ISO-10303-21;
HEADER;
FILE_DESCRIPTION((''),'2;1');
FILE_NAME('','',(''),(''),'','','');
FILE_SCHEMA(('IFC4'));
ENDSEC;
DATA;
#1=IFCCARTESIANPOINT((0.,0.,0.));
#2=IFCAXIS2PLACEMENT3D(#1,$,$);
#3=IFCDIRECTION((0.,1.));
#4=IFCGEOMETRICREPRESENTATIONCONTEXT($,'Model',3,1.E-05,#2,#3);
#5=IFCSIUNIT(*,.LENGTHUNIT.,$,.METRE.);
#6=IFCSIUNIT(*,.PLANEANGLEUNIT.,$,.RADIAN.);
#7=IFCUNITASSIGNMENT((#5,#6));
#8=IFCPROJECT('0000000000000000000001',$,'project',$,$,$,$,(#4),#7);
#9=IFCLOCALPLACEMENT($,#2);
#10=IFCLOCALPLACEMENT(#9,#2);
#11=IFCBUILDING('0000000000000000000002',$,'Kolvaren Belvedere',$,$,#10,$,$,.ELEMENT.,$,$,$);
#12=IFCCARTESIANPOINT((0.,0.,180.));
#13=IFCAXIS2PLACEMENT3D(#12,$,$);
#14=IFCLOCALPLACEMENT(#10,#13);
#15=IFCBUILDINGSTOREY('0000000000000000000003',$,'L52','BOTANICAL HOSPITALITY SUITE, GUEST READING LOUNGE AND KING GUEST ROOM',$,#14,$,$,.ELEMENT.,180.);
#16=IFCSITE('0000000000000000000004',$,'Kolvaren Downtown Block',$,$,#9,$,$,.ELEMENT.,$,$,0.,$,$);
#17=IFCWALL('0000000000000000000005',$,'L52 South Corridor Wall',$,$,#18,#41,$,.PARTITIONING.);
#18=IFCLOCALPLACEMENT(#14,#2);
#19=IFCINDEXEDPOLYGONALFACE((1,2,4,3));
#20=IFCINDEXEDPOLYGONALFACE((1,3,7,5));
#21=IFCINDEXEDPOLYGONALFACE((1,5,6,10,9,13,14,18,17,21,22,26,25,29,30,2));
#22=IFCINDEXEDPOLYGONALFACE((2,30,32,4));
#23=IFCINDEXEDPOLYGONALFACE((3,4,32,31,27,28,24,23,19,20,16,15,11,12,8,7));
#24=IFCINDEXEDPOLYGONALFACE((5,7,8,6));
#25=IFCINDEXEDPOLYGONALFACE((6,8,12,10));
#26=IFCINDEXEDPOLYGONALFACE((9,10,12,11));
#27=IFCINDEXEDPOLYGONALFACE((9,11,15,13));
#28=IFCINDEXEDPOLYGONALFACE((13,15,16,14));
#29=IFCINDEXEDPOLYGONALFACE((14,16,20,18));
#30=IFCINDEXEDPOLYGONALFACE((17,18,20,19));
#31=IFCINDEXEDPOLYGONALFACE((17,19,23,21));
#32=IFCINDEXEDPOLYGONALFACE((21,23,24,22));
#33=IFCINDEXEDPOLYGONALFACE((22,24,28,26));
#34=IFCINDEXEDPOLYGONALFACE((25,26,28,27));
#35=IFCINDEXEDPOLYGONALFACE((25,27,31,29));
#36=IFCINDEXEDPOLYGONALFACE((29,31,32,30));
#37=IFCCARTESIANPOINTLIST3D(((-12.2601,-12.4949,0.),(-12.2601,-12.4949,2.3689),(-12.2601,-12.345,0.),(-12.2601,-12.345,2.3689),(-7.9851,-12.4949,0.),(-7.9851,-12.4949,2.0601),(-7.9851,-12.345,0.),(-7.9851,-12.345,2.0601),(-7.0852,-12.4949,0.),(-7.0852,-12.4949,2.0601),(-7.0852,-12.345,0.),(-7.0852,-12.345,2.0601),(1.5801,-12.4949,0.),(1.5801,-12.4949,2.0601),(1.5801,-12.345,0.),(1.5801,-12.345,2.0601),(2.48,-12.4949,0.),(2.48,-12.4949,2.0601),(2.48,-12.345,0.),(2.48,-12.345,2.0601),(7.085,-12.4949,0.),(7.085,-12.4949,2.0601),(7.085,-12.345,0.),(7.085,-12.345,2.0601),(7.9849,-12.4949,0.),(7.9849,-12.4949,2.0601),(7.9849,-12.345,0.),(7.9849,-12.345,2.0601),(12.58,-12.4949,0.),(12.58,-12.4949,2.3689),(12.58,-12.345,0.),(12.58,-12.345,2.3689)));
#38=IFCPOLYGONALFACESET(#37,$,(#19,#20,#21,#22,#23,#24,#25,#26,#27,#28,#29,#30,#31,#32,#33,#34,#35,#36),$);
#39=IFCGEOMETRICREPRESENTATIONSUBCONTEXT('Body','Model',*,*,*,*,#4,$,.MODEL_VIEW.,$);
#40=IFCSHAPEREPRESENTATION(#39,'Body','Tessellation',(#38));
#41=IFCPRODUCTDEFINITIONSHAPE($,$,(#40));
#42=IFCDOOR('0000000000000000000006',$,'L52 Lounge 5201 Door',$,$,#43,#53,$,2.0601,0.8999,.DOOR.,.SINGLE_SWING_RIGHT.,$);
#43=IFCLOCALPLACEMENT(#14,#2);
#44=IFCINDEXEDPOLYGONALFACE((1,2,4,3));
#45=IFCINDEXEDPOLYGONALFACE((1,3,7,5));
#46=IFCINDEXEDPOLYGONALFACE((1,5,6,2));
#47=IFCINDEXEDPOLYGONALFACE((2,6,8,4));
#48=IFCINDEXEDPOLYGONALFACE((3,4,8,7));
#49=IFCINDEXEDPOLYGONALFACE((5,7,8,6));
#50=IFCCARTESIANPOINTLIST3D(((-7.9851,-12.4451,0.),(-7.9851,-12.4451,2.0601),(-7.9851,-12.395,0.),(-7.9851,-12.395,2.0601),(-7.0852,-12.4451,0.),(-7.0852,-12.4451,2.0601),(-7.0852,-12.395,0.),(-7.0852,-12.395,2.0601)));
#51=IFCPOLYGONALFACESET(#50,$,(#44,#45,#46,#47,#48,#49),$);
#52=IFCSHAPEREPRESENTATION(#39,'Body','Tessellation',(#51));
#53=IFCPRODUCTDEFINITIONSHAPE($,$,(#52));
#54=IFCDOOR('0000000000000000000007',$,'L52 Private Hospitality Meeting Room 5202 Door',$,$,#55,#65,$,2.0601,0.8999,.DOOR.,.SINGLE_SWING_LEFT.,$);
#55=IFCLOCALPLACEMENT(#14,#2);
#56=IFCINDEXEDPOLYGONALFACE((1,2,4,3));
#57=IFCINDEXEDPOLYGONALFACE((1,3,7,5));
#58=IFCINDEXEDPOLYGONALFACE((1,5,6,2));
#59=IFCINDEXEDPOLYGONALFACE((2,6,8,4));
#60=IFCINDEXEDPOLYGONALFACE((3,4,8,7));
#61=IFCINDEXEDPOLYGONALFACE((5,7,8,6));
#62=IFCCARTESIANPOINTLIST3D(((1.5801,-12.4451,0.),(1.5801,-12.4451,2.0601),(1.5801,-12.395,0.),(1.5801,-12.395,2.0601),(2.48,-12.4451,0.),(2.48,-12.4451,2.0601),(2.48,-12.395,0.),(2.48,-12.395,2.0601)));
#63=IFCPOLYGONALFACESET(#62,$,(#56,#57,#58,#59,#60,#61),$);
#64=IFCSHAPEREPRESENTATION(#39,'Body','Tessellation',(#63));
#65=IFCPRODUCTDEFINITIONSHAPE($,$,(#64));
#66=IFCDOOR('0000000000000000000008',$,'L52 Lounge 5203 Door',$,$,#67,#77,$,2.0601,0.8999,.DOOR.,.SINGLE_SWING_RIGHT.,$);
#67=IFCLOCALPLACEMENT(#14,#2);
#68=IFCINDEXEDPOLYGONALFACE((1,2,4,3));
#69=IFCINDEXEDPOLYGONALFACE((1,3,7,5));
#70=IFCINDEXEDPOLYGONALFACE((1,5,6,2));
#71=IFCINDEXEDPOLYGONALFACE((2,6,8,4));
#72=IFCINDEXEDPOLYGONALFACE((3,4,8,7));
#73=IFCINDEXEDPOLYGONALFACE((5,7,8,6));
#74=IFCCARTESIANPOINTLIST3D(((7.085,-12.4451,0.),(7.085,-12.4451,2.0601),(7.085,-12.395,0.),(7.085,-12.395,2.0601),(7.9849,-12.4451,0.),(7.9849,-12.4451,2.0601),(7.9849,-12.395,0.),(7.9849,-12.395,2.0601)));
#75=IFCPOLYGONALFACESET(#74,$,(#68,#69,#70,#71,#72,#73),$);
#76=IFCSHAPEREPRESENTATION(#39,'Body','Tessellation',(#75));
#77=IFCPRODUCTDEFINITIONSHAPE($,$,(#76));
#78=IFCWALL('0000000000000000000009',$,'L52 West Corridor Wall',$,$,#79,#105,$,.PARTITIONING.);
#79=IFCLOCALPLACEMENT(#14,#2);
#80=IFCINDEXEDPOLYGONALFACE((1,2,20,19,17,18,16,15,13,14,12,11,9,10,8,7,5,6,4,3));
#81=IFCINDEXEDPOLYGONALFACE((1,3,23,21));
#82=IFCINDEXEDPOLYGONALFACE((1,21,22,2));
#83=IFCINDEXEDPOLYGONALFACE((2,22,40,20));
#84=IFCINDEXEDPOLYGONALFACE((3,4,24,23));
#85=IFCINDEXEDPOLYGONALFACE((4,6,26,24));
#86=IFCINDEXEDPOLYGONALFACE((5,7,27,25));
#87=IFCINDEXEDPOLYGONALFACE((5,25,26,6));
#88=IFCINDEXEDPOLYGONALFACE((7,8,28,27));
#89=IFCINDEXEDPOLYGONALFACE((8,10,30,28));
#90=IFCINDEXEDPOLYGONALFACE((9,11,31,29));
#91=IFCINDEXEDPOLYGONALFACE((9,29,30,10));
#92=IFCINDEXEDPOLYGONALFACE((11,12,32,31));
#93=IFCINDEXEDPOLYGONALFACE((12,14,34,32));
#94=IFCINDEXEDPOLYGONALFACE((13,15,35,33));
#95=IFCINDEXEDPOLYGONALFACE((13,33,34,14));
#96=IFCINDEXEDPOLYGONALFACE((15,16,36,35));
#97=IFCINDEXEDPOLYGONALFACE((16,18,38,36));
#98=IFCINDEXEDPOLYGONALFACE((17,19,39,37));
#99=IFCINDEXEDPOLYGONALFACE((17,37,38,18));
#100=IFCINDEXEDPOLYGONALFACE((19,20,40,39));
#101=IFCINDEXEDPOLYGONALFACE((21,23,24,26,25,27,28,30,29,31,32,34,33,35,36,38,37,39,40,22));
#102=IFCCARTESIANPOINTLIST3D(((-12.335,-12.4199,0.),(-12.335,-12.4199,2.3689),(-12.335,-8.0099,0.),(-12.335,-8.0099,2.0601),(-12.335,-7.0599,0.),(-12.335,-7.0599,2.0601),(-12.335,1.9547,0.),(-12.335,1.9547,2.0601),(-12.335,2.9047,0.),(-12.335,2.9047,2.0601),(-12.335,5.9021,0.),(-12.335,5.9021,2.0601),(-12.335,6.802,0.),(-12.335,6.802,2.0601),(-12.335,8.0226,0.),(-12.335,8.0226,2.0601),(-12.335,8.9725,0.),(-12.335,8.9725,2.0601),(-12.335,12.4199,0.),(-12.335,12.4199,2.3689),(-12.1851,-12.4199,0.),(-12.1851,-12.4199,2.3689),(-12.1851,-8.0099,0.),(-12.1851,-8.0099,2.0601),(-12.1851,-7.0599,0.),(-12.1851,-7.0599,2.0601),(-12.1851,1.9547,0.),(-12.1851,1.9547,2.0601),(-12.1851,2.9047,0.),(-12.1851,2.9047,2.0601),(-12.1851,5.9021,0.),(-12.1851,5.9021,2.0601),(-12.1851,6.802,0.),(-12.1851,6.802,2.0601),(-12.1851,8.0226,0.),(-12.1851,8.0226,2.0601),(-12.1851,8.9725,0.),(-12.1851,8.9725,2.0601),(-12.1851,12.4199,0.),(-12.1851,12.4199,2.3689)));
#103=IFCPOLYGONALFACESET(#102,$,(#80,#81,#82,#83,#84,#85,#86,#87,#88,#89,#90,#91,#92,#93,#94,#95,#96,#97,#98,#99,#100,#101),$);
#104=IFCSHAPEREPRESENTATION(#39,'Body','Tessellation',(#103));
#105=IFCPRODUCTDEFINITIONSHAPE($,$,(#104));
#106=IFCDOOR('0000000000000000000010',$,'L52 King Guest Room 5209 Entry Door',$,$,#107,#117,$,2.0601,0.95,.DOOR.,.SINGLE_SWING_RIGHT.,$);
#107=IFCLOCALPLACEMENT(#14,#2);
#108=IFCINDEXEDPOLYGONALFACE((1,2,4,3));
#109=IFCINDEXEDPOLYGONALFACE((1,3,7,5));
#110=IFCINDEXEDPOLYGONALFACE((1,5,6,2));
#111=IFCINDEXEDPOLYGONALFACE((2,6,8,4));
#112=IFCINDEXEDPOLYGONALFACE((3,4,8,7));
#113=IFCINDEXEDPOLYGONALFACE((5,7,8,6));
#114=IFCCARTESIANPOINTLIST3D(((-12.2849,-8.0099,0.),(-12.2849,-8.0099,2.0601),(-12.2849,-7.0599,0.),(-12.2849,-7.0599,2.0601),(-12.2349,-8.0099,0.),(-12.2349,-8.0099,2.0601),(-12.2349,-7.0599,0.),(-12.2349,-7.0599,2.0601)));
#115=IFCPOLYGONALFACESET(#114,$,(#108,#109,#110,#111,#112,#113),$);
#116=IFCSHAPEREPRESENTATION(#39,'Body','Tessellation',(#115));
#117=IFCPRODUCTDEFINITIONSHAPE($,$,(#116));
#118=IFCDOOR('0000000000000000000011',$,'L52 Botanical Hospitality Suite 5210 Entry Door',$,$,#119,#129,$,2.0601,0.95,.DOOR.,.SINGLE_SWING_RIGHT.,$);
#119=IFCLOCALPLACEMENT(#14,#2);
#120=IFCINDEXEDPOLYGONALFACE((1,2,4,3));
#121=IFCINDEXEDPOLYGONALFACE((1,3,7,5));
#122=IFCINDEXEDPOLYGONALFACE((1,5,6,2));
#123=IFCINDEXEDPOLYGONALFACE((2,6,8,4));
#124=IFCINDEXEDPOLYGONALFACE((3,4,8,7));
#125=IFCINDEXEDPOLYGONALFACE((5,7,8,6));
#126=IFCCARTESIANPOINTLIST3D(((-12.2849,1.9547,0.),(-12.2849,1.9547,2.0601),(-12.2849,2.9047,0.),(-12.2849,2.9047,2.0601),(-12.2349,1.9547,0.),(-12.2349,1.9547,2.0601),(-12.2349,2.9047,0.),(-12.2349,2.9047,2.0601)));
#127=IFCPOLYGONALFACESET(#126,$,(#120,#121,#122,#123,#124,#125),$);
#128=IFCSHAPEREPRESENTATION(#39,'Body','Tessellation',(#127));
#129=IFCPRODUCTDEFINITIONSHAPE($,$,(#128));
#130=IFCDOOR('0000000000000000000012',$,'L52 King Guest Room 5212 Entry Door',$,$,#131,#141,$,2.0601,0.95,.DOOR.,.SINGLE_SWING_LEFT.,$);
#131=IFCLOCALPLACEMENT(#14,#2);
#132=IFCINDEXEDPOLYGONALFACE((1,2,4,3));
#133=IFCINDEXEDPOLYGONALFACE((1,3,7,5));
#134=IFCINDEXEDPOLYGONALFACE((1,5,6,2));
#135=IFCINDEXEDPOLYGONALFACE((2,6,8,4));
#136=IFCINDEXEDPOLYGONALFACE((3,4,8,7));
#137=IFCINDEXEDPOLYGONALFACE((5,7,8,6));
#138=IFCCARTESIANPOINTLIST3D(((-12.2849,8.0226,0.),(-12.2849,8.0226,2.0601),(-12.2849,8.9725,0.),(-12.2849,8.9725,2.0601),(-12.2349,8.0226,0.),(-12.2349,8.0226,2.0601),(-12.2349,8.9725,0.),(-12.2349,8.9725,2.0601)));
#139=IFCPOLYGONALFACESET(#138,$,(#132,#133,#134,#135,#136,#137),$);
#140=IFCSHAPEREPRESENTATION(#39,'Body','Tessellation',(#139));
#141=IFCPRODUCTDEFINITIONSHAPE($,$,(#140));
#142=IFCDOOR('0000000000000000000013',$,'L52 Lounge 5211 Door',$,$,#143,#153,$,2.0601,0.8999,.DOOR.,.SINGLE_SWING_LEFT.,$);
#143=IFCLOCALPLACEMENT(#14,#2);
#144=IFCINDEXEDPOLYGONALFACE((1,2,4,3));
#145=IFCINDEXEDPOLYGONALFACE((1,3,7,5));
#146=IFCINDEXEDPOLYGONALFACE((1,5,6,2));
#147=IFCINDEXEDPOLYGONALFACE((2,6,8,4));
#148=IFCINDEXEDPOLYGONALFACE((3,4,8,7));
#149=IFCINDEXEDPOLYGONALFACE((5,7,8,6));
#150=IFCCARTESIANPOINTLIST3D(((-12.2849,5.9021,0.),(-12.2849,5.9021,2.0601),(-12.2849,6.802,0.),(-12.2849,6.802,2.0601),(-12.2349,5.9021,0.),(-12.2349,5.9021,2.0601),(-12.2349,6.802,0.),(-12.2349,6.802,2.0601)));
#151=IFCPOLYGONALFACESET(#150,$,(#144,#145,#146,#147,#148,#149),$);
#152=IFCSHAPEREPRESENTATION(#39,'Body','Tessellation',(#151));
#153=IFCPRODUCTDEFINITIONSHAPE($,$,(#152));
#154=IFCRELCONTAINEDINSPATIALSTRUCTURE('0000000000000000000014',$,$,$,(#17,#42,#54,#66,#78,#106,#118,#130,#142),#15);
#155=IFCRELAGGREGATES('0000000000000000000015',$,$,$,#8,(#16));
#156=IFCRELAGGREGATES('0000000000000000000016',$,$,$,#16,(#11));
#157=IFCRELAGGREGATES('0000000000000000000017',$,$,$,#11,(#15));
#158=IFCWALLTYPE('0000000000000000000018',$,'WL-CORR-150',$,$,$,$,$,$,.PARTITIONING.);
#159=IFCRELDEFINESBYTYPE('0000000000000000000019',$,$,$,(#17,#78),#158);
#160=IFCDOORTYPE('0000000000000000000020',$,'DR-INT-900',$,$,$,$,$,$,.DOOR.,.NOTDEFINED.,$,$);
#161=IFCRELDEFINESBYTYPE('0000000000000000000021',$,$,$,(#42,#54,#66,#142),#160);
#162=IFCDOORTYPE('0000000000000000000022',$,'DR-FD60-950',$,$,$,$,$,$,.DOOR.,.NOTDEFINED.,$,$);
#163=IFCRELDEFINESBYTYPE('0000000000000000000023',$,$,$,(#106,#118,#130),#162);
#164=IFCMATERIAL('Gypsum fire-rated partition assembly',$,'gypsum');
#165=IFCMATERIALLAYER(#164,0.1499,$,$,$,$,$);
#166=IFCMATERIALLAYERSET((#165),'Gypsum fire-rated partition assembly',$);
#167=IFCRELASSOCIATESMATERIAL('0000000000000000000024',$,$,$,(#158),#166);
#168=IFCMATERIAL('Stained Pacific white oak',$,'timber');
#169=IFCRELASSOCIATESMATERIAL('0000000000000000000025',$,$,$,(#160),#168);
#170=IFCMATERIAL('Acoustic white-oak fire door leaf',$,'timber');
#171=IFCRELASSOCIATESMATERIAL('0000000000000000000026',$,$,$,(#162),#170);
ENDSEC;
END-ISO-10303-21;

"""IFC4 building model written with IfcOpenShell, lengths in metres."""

from ifc_helpers import new_model, si_unit, direction, frame, frame_2d, origin, place, context, subcontext, project, spatial, rectangle, extrude, material, layer, layer_set, type_object, element, fill, save


model = new_model("IFC4")

# Units and contexts
model_context = context("Model", 3, precision=1e-05, world=origin(), true_north=direction((0.0, 1.0)))
body_context = subcontext(model_context, "Body", "Model", "MODEL_VIEW")
ifc_project = project(units=[si_unit("LENGTHUNIT", "METRE"), si_unit("PLANEANGLEUNIT", "RADIAN")], contexts=[model_context])

# Site, building, storey
site_placement = place(None, origin())
site = spatial("IfcSite", under=ifc_project, at=site_placement, Name="Kolvaren Downtown Block", CompositionType="ELEMENT", RefElevation=0.0)
building_placement = place(site_placement, origin())
building = spatial("IfcBuilding", under=site, at=building_placement, Name="Kolvaren Belvedere", CompositionType="ELEMENT")
storey_placement = place(building_placement, frame((0.0, 0.0, 180.0)))
storey = spatial("IfcBuildingStorey", under=building, at=storey_placement, Name="L52", Description="BOTANICAL HOSPITALITY SUITE, GUEST READING LOUNGE AND KING GUEST ROOM", CompositionType="ELEMENT", Elevation=180.0)

# Walls, openings, doors
ifc_material_1 = material(Name="Gypsum fire-rated partition assembly", Category="gypsum")
ifc_layer_1 = layer(ifc_material_1, 0.1499)
ifc_layer_set_1 = layer_set([ifc_layer_1], Name="Gypsum fire-rated partition assembly")
wall_type_1 = type_object("IfcWallType", Name="WL-CORR-150", PredefinedType="PARTITIONING", material=ifc_layer_set_1)
wall_1_placement = place(storey_placement, frame((-12.26, -12.4199, 0.0), z_axis=(0.0, 0.0, 1.0), x_axis=(1.0, 0.0, 0.0)))
wall_1 = element("IfcWall", 1, at=wall_1_placement, inside=storey, type_object=wall_type_1, Name="L52 South Corridor Wall", PredefinedType="PARTITIONING", context=body_context, shape_type="SweptSolid", body=[
    extrude(rectangle(XDim=24.8401, YDim=0.1499, at=frame_2d((12.4199, 0.0))), origin(), (0.0, 0.0, 1.0), 2.3689),
])
opening_1_placement = place(wall_1_placement, frame((4.2749, 0.0, 0.0)))
opening_1 = element("IfcOpeningElement", 2, at=opening_1_placement, cuts=wall_1, PredefinedType="OPENING", context=body_context, shape_type="SweptSolid", body=[
    extrude(rectangle(XDim=0.8999, YDim=2.0601, at=frame_2d((0.45, 1.03))), frame((0.0, 0.085, 0.0), z_axis=(0.0, -1.0, 0.0), x_axis=(1.0, 0.0, 0.0)), (0.0, 0.0, 1.0), 0.1699),
])
opening_2_placement = place(wall_1_placement, frame((13.8401, 0.0, 0.0)))
opening_2 = element("IfcOpeningElement", 3, at=opening_2_placement, cuts=wall_1, PredefinedType="OPENING", context=body_context, shape_type="SweptSolid", body=[
    extrude(rectangle(XDim=0.8999, YDim=2.0601, at=frame_2d((0.45, 1.03))), frame((0.0, 0.085, 0.0), z_axis=(0.0, -1.0, 0.0), x_axis=(1.0, 0.0, 0.0)), (0.0, 0.0, 1.0), 0.1699),
])
opening_3_placement = place(wall_1_placement, frame((19.345, 0.0, 0.0)))
opening_3 = element("IfcOpeningElement", 4, at=opening_3_placement, cuts=wall_1, PredefinedType="OPENING", context=body_context, shape_type="SweptSolid", body=[
    extrude(rectangle(XDim=0.8999, YDim=2.0601, at=frame_2d((0.45, 1.03))), frame((0.0, 0.085, 0.0), z_axis=(0.0, -1.0, 0.0), x_axis=(1.0, 0.0, 0.0)), (0.0, 0.0, 1.0), 0.1699),
])
ifc_material_2 = material(Name="Stained Pacific white oak", Category="timber")
door_type_1 = type_object("IfcDoorType", Name="DR-INT-900", OperationType="NOTDEFINED", PredefinedType="DOOR", material=ifc_material_2)
door_1_placement = place(opening_1_placement, origin())
door_1 = element("IfcDoor", 5, at=door_1_placement, inside=storey, type_object=door_type_1, Name="L52 Lounge 5201 Door", OperationType="SINGLE_SWING_RIGHT", OverallHeight=2.0601, OverallWidth=0.8999, PredefinedType="DOOR", context=body_context, shape_type="SweptSolid", body=[
    extrude(rectangle(XDim=0.8999, YDim=2.0601, at=frame_2d((0.45, 1.03))), frame((0.0, 0.0249, 0.0), z_axis=(0.0, -1.0, 0.0), x_axis=(1.0, 0.0, 0.0)), (0.0, 0.0, 1.0), 0.05),
])
fill(opening_1, door_1)
door_2_placement = place(opening_2_placement, origin())
door_2 = element("IfcDoor", 6, at=door_2_placement, inside=storey, type_object=door_type_1, Name="L52 Private Hospitality Meeting Room 5202 Door", OperationType="SINGLE_SWING_LEFT", OverallHeight=2.0601, OverallWidth=0.8999, PredefinedType="DOOR", context=body_context, shape_type="SweptSolid", body=[
    extrude(rectangle(XDim=0.8999, YDim=2.0601, at=frame_2d((0.45, 1.03))), frame((0.0, 0.0249, 0.0), z_axis=(0.0, -1.0, 0.0), x_axis=(1.0, 0.0, 0.0)), (0.0, 0.0, 1.0), 0.05),
])
fill(opening_2, door_2)
door_3_placement = place(opening_3_placement, origin())
door_3 = element("IfcDoor", 7, at=door_3_placement, inside=storey, type_object=door_type_1, Name="L52 Lounge 5203 Door", OperationType="SINGLE_SWING_RIGHT", OverallHeight=2.0601, OverallWidth=0.8999, PredefinedType="DOOR", context=body_context, shape_type="SweptSolid", body=[
    extrude(rectangle(XDim=0.8999, YDim=2.0601, at=frame_2d((0.45, 1.03))), frame((0.0, 0.0249, 0.0), z_axis=(0.0, -1.0, 0.0), x_axis=(1.0, 0.0, 0.0)), (0.0, 0.0, 1.0), 0.05),
])
fill(opening_3, door_3)
wall_2_placement = place(storey_placement, frame((-12.26, -12.4199, 0.0), z_axis=(0.0, 0.0, 1.0), x_axis=(0.0, 1.0, 0.0)))
wall_2 = element("IfcWall", 8, at=wall_2_placement, inside=storey, type_object=wall_type_1, Name="L52 West Corridor Wall", PredefinedType="PARTITIONING", context=body_context, shape_type="SweptSolid", body=[
    extrude(rectangle(XDim=24.8398, YDim=0.1499, at=frame_2d((12.4199, 0.0))), origin(), (0.0, 0.0, 1.0), 2.3689),
])
opening_4_placement = place(wall_2_placement, frame((4.4099, 0.0, 0.0)))
opening_4 = element("IfcOpeningElement", 9, at=opening_4_placement, cuts=wall_2, PredefinedType="OPENING", context=body_context, shape_type="SweptSolid", body=[
    extrude(rectangle(XDim=0.95, YDim=2.0601, at=frame_2d((0.4751, 1.03))), frame((0.0, 0.085, 0.0), z_axis=(0.0, -1.0, 0.0), x_axis=(1.0, 0.0, 0.0)), (0.0, 0.0, 1.0), 0.1699),
])
opening_5_placement = place(wall_2_placement, frame((14.3745, 0.0, 0.0)))
opening_5 = element("IfcOpeningElement", 10, at=opening_5_placement, cuts=wall_2, PredefinedType="OPENING", context=body_context, shape_type="SweptSolid", body=[
    extrude(rectangle(XDim=0.95, YDim=2.0601, at=frame_2d((0.4751, 1.03))), frame((0.0, 0.085, 0.0), z_axis=(0.0, -1.0, 0.0), x_axis=(1.0, 0.0, 0.0)), (0.0, 0.0, 1.0), 0.1699),
])
opening_6_placement = place(wall_2_placement, frame((18.322, 0.0, 0.0)))
opening_6 = element("IfcOpeningElement", 11, at=opening_6_placement, cuts=wall_2, PredefinedType="OPENING", context=body_context, shape_type="SweptSolid", body=[
    extrude(rectangle(XDim=0.8999, YDim=2.0601, at=frame_2d((0.45, 1.03))), frame((0.0, 0.085, 0.0), z_axis=(0.0, -1.0, 0.0), x_axis=(1.0, 0.0, 0.0)), (0.0, 0.0, 1.0), 0.1699),
])
opening_7_placement = place(wall_2_placement, frame((20.4424, 0.0, 0.0)))
opening_7 = element("IfcOpeningElement", 12, at=opening_7_placement, cuts=wall_2, PredefinedType="OPENING", context=body_context, shape_type="SweptSolid", body=[
    extrude(rectangle(XDim=0.95, YDim=2.0601, at=frame_2d((0.4751, 1.03))), frame((0.0, 0.085, 0.0), z_axis=(0.0, -1.0, 0.0), x_axis=(1.0, 0.0, 0.0)), (0.0, 0.0, 1.0), 0.1699),
])
ifc_material_3 = material(Name="Acoustic white-oak fire door leaf", Category="timber")
door_type_2 = type_object("IfcDoorType", Name="DR-FD60-950", OperationType="NOTDEFINED", PredefinedType="DOOR", material=ifc_material_3)
door_4_placement = place(opening_4_placement, origin())
door_4 = element("IfcDoor", 13, at=door_4_placement, inside=storey, type_object=door_type_2, Name="L52 King Guest Room 5209 Entry Door", OperationType="SINGLE_SWING_RIGHT", OverallHeight=2.0601, OverallWidth=0.95, PredefinedType="DOOR", context=body_context, shape_type="SweptSolid", body=[
    extrude(rectangle(XDim=0.95, YDim=2.0601, at=frame_2d((0.4751, 1.03))), frame((0.0, 0.0249, 0.0), z_axis=(0.0, -1.0, 0.0), x_axis=(1.0, 0.0, 0.0)), (0.0, 0.0, 1.0), 0.05),
])
fill(opening_4, door_4)
door_5_placement = place(opening_5_placement, origin())
door_5 = element("IfcDoor", 14, at=door_5_placement, inside=storey, type_object=door_type_2, Name="L52 Botanical Hospitality Suite 5210 Entry Door", OperationType="SINGLE_SWING_RIGHT", OverallHeight=2.0601, OverallWidth=0.95, PredefinedType="DOOR", context=body_context, shape_type="SweptSolid", body=[
    extrude(rectangle(XDim=0.95, YDim=2.0601, at=frame_2d((0.4751, 1.03))), frame((0.0, 0.0249, 0.0), z_axis=(0.0, -1.0, 0.0), x_axis=(1.0, 0.0, 0.0)), (0.0, 0.0, 1.0), 0.05),
])
fill(opening_5, door_5)
door_6_placement = place(opening_7_placement, origin())
door_6 = element("IfcDoor", 15, at=door_6_placement, inside=storey, type_object=door_type_2, Name="L52 King Guest Room 5212 Entry Door", OperationType="SINGLE_SWING_LEFT", OverallHeight=2.0601, OverallWidth=0.95, PredefinedType="DOOR", context=body_context, shape_type="SweptSolid", body=[
    extrude(rectangle(XDim=0.95, YDim=2.0601, at=frame_2d((0.4751, 1.03))), frame((0.0, 0.0249, 0.0), z_axis=(0.0, -1.0, 0.0), x_axis=(1.0, 0.0, 0.0)), (0.0, 0.0, 1.0), 0.05),
])
fill(opening_7, door_6)
door_7_placement = place(opening_6_placement, origin())
door_7 = element("IfcDoor", 16, at=door_7_placement, inside=storey, type_object=door_type_1, Name="L52 Lounge 5211 Door", OperationType="SINGLE_SWING_LEFT", OverallHeight=2.0601, OverallWidth=0.8999, PredefinedType="DOOR", context=body_context, shape_type="SweptSolid", body=[
    extrude(rectangle(XDim=0.8999, YDim=2.0601, at=frame_2d((0.45, 1.03))), frame((0.0, 0.0249, 0.0), z_axis=(0.0, -1.0, 0.0), x_axis=(1.0, 0.0, 0.0)), (0.0, 0.0, 1.0), 0.05),
])
fill(opening_6, door_7)

save(model, "model.ifc")
